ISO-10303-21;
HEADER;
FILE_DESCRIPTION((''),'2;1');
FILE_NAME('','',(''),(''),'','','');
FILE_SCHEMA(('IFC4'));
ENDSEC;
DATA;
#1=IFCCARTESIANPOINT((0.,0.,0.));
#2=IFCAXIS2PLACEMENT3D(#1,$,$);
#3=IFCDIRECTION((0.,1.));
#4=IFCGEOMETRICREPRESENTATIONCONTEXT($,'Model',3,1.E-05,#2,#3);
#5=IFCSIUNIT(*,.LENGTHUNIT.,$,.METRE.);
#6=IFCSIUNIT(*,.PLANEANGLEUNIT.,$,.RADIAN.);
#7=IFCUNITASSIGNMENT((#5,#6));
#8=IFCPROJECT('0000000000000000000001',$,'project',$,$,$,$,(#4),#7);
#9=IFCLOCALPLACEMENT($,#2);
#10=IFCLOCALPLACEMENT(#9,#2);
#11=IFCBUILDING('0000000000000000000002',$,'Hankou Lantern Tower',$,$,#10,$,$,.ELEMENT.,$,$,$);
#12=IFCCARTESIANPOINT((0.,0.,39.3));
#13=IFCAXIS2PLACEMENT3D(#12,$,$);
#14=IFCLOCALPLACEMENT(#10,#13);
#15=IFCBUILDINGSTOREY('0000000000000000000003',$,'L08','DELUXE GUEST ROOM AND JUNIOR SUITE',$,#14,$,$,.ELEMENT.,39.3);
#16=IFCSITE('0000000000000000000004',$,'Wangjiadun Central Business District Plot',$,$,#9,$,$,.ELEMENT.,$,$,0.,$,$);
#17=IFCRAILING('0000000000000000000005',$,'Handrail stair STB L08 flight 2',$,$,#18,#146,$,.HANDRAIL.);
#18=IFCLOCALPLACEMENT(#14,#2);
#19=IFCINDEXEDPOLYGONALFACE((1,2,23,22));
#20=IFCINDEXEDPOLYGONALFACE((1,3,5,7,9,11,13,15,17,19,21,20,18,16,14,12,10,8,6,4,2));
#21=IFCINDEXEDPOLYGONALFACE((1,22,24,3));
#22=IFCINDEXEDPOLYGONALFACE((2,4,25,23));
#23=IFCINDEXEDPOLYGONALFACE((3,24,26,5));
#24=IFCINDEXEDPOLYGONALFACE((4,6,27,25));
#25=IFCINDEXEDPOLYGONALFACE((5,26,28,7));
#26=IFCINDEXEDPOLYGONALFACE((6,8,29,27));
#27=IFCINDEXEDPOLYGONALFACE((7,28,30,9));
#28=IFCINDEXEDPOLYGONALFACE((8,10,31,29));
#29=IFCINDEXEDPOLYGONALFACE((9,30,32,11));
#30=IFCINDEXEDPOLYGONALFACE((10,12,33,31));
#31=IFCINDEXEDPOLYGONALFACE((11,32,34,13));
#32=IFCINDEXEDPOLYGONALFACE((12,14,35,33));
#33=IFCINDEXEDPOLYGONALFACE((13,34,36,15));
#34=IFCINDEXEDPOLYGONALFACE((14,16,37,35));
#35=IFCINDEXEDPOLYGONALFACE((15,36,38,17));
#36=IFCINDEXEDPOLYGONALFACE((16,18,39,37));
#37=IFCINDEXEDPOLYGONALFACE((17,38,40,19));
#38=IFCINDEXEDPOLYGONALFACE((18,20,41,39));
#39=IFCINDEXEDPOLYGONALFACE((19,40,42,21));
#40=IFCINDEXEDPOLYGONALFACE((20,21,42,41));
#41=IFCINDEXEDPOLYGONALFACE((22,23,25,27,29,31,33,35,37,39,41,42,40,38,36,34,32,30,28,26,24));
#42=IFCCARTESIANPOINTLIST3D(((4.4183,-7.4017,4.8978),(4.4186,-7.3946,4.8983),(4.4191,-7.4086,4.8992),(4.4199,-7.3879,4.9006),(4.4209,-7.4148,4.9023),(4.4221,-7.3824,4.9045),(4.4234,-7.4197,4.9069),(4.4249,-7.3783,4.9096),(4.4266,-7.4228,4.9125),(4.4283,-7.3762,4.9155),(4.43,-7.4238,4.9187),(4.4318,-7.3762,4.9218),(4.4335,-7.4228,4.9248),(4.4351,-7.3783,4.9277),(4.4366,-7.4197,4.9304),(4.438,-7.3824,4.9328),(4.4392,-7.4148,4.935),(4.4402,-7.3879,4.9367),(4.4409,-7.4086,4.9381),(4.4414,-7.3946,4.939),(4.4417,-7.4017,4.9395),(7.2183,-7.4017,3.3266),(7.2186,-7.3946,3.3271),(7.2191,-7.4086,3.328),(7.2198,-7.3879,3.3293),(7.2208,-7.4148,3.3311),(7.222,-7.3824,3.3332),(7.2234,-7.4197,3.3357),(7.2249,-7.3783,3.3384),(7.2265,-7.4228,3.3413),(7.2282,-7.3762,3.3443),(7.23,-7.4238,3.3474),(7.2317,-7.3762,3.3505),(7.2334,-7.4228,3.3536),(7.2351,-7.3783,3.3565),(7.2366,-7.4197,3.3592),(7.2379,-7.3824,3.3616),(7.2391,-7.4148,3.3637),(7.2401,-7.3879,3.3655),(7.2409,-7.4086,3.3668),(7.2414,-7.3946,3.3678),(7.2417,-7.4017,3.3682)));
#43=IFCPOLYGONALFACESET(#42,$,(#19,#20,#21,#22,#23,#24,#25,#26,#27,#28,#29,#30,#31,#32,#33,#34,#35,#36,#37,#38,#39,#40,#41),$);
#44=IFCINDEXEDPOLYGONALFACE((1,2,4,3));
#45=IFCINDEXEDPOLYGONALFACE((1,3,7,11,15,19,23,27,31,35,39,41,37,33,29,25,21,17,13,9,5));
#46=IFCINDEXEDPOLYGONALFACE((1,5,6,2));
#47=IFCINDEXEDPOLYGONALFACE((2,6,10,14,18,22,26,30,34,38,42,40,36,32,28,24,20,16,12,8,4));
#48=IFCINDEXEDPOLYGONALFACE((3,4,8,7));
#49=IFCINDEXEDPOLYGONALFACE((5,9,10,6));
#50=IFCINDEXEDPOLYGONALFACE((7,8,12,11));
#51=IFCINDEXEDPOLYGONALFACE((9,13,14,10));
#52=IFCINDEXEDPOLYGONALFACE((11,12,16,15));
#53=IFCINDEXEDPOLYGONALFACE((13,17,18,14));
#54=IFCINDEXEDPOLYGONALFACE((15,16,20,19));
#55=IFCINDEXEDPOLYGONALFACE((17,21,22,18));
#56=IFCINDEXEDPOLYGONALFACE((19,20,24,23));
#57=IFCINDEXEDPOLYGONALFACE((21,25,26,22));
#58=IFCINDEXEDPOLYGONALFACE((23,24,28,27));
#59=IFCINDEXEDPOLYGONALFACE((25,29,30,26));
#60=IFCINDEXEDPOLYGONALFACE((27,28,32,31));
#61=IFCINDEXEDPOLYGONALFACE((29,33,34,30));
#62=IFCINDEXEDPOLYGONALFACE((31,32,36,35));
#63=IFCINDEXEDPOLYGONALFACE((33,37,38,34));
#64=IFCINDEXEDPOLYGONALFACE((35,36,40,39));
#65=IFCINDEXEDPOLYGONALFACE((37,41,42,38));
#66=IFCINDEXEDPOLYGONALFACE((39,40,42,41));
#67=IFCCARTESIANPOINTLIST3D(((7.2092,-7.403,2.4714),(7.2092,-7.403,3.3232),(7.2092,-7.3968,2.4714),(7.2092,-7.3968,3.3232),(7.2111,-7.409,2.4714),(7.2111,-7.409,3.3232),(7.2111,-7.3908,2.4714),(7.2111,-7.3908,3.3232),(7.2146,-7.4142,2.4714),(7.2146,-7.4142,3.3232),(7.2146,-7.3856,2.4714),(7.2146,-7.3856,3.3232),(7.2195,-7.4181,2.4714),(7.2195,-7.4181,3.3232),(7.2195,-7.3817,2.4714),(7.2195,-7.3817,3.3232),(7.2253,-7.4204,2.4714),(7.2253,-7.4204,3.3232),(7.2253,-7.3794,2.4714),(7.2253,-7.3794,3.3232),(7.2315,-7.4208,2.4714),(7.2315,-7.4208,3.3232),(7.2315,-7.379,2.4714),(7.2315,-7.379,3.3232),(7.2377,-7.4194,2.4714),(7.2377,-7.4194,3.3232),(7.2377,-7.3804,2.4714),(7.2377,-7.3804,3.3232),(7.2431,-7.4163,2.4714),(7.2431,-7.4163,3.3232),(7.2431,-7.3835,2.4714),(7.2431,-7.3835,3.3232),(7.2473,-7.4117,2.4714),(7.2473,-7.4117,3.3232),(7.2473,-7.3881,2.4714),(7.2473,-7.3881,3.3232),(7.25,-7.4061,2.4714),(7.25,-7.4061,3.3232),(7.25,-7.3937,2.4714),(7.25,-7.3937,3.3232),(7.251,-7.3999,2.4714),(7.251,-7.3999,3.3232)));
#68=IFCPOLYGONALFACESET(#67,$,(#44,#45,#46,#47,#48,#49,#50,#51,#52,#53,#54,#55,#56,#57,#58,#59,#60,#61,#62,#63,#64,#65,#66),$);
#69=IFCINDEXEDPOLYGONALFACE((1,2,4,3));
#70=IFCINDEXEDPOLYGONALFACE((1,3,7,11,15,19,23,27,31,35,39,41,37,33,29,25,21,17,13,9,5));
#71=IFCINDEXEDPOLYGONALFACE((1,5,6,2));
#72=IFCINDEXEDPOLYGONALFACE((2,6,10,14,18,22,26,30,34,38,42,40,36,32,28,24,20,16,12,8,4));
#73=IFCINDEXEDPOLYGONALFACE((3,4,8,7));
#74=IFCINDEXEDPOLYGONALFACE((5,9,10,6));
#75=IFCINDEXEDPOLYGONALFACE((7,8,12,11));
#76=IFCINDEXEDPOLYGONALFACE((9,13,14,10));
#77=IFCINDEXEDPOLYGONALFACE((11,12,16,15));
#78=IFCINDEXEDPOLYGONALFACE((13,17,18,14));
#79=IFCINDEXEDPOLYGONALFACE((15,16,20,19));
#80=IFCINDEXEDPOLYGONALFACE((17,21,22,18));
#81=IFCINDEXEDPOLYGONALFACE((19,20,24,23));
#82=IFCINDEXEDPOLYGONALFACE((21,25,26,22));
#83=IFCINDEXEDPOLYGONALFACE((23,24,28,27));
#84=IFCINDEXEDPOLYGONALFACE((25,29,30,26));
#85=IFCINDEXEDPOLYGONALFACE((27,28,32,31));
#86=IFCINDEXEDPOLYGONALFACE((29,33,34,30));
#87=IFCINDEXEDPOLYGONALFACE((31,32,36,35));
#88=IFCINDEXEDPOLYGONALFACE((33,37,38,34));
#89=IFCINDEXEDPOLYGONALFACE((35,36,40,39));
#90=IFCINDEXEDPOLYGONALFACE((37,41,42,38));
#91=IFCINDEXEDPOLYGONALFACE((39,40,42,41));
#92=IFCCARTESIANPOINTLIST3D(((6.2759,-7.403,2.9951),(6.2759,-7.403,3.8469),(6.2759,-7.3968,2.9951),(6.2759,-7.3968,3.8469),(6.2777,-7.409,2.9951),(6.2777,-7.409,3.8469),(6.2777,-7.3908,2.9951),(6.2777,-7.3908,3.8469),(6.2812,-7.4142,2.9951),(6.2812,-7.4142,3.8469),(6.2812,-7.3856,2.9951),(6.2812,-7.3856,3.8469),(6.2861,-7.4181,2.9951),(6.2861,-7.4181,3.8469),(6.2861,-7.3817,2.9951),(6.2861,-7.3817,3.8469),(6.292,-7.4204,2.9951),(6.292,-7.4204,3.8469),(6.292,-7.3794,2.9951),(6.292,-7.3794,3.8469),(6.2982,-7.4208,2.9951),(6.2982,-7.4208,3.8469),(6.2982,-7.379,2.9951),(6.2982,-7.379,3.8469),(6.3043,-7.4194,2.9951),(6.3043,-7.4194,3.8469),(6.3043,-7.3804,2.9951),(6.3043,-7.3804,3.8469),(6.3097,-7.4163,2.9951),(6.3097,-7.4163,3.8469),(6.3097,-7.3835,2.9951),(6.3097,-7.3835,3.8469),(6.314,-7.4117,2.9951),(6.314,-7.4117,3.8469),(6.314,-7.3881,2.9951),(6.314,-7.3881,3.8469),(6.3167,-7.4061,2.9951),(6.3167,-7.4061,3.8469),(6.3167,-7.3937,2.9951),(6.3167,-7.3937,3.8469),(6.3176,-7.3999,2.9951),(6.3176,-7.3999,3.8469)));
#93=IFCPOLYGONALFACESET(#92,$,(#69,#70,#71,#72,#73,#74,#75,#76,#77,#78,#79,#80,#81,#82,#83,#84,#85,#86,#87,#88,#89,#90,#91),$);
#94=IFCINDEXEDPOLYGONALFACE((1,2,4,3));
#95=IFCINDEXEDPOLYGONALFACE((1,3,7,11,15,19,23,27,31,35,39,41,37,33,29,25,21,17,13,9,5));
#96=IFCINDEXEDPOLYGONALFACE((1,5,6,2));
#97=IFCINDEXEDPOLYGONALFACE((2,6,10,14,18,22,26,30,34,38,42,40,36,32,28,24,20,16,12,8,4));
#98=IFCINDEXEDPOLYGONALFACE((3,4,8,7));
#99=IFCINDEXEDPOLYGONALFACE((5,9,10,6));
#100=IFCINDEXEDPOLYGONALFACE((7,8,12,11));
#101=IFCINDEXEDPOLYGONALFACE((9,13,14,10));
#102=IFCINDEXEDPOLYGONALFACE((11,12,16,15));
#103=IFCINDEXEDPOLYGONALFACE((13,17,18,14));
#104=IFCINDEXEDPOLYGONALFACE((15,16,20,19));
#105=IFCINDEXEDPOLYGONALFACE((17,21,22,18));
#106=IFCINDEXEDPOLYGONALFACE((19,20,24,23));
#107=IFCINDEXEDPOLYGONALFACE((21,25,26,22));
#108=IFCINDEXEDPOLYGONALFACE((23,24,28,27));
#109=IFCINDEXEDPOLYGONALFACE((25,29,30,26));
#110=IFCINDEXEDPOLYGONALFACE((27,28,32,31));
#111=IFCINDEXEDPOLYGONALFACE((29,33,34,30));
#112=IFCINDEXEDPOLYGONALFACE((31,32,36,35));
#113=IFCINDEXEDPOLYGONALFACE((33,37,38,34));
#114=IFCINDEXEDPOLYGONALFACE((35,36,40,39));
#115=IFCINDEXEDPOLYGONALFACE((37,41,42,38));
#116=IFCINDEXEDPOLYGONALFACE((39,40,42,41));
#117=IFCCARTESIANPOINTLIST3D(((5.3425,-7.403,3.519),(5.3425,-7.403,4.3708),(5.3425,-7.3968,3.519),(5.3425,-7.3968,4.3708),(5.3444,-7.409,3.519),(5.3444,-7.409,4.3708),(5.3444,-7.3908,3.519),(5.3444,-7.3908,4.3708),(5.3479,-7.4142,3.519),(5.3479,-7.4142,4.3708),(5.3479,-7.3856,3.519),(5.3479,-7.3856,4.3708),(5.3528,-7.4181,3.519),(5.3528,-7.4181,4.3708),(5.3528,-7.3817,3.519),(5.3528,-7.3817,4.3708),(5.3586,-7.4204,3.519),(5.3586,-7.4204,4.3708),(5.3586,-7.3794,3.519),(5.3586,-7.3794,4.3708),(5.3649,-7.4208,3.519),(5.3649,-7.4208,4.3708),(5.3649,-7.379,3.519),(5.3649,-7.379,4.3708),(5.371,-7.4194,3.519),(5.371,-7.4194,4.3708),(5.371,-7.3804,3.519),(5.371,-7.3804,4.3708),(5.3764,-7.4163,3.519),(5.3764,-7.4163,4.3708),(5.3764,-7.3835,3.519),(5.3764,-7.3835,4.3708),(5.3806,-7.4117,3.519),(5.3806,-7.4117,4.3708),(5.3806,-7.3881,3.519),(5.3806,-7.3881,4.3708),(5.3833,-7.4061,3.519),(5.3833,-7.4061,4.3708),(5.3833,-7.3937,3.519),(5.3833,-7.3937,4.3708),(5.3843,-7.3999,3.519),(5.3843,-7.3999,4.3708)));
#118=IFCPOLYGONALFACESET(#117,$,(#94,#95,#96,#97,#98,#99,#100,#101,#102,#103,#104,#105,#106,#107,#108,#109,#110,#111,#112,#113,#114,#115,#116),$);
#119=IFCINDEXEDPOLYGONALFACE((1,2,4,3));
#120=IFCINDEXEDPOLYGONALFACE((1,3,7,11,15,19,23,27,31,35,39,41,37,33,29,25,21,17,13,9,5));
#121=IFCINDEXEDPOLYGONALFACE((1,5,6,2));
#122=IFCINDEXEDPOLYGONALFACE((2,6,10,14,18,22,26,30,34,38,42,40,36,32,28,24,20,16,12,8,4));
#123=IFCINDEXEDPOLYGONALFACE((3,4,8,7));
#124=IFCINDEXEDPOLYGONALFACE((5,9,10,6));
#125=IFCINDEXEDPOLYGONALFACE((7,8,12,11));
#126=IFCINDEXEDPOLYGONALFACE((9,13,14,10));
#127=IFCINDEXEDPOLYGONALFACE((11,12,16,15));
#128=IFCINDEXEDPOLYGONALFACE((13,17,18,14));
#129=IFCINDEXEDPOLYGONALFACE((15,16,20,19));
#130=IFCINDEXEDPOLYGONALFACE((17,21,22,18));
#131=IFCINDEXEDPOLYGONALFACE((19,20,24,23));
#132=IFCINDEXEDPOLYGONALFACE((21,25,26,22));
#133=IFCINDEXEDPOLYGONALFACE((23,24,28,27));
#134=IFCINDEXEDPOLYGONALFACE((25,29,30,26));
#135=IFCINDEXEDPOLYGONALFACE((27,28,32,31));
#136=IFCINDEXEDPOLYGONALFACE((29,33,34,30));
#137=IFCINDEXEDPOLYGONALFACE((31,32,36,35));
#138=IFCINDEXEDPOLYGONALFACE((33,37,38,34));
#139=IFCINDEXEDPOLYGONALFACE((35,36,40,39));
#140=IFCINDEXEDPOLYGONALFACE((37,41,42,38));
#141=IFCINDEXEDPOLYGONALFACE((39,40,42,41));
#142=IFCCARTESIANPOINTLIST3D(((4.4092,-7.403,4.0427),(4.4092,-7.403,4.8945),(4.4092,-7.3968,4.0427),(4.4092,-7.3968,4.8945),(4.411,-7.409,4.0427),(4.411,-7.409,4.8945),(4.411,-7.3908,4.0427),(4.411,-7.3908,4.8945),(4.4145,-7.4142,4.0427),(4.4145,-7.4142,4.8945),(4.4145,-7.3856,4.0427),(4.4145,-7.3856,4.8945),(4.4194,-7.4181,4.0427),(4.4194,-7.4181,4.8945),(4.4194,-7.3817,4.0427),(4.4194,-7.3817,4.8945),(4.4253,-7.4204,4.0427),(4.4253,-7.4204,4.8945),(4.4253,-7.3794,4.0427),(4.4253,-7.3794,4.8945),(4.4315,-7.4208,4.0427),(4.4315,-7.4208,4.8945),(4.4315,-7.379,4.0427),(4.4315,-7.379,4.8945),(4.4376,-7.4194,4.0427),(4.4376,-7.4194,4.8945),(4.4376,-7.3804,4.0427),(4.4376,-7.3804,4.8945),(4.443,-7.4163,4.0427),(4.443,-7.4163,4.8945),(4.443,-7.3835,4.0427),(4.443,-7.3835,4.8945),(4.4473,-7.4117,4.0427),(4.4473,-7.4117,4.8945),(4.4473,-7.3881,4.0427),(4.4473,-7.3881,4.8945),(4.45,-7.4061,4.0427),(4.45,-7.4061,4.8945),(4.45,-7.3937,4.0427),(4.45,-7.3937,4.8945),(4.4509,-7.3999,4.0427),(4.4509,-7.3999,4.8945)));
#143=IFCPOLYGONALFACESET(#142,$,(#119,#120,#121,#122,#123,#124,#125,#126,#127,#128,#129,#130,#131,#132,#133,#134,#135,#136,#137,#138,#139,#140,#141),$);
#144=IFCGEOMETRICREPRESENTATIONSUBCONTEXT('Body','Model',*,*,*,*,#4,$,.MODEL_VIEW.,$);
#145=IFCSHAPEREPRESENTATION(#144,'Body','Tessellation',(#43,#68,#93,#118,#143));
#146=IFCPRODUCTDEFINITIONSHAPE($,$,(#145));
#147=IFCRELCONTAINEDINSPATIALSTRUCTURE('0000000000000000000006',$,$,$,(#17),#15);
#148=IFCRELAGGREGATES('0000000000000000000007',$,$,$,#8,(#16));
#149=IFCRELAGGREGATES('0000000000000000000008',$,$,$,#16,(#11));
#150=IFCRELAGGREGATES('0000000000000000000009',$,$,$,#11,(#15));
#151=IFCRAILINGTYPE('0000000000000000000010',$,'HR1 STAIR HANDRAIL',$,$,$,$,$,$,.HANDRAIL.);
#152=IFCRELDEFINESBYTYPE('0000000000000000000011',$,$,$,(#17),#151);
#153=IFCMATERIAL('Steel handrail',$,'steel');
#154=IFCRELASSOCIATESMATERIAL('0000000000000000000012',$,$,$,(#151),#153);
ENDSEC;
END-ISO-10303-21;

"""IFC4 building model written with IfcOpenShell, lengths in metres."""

from ifc_helpers import new_model, si_unit, direction, frame, origin, origin_2d, place, context, subcontext, project, spatial, circle, extrude, material, type_object, element, save


model = new_model("IFC4")

# Units and contexts
model_context = context("Model", 3, precision=1e-05, world=origin(), true_north=direction((0.0, 1.0)))
body_context = subcontext(model_context, "Body", "Model", "MODEL_VIEW")
ifc_project = project(units=[si_unit("LENGTHUNIT", "METRE"), si_unit("PLANEANGLEUNIT", "RADIAN")], contexts=[model_context])

# Site, building, storey
site_placement = place(None, origin())
site = spatial("IfcSite", under=ifc_project, at=site_placement, Name="Wangjiadun Central Business District Plot", CompositionType="ELEMENT", RefElevation=0.0)
building_placement = place(site_placement, origin())
building = spatial("IfcBuilding", under=site, at=building_placement, Name="Hankou Lantern Tower", CompositionType="ELEMENT")
storey_placement = place(building_placement, frame((0.0, 0.0, 39.3)))
storey = spatial("IfcBuildingStorey", under=building, at=storey_placement, Name="L08", Description="DELUXE GUEST ROOM AND JUNIOR SUITE", CompositionType="ELEMENT", Elevation=39.3)

# Railing
ifc_material_1 = material(Name="Steel handrail", Category="steel")
railing_type = type_object("IfcRailingType", Name="HR1 STAIR HANDRAIL", PredefinedType="HANDRAIL", material=ifc_material_1)
railing_1_placement = place(storey_placement, frame((7.23, -7.3999, 2.4714)))
element("IfcRailing", 1, at=railing_1_placement, inside=storey, type_object=railing_type, Name="Handrail stair STB L08 flight 2", PredefinedType="HANDRAIL", context=body_context, shape_type="SweptSolid", body=[
    extrude(circle(Radius=0.0239, at=origin_2d()), frame((0.0, 0.0, 0.876), z_axis=(-0.872073, 0.0, 0.489377), x_axis=(0.0, -1.0, 0.0)), (0.0, 0.0, 1.0), 3.2107),
    extrude(circle(Radius=0.021, at=origin_2d()), origin(), (0.0, 0.0, 1.0), 0.8518),
    extrude(circle(Radius=0.021, at=origin_2d()), frame((-0.9333, 0.0, 0.5237)), (0.0, 0.0, 1.0), 0.8518),
    extrude(circle(Radius=0.021, at=origin_2d()), frame((-1.8667, 0.0, 1.0476)), (0.0, 0.0, 1.0), 0.8518),
    extrude(circle(Radius=0.021, at=origin_2d()), frame((-2.8, 0.0, 1.5713)), (0.0, 0.0, 1.0), 0.8518),
])

save(model, "model.ifc")
